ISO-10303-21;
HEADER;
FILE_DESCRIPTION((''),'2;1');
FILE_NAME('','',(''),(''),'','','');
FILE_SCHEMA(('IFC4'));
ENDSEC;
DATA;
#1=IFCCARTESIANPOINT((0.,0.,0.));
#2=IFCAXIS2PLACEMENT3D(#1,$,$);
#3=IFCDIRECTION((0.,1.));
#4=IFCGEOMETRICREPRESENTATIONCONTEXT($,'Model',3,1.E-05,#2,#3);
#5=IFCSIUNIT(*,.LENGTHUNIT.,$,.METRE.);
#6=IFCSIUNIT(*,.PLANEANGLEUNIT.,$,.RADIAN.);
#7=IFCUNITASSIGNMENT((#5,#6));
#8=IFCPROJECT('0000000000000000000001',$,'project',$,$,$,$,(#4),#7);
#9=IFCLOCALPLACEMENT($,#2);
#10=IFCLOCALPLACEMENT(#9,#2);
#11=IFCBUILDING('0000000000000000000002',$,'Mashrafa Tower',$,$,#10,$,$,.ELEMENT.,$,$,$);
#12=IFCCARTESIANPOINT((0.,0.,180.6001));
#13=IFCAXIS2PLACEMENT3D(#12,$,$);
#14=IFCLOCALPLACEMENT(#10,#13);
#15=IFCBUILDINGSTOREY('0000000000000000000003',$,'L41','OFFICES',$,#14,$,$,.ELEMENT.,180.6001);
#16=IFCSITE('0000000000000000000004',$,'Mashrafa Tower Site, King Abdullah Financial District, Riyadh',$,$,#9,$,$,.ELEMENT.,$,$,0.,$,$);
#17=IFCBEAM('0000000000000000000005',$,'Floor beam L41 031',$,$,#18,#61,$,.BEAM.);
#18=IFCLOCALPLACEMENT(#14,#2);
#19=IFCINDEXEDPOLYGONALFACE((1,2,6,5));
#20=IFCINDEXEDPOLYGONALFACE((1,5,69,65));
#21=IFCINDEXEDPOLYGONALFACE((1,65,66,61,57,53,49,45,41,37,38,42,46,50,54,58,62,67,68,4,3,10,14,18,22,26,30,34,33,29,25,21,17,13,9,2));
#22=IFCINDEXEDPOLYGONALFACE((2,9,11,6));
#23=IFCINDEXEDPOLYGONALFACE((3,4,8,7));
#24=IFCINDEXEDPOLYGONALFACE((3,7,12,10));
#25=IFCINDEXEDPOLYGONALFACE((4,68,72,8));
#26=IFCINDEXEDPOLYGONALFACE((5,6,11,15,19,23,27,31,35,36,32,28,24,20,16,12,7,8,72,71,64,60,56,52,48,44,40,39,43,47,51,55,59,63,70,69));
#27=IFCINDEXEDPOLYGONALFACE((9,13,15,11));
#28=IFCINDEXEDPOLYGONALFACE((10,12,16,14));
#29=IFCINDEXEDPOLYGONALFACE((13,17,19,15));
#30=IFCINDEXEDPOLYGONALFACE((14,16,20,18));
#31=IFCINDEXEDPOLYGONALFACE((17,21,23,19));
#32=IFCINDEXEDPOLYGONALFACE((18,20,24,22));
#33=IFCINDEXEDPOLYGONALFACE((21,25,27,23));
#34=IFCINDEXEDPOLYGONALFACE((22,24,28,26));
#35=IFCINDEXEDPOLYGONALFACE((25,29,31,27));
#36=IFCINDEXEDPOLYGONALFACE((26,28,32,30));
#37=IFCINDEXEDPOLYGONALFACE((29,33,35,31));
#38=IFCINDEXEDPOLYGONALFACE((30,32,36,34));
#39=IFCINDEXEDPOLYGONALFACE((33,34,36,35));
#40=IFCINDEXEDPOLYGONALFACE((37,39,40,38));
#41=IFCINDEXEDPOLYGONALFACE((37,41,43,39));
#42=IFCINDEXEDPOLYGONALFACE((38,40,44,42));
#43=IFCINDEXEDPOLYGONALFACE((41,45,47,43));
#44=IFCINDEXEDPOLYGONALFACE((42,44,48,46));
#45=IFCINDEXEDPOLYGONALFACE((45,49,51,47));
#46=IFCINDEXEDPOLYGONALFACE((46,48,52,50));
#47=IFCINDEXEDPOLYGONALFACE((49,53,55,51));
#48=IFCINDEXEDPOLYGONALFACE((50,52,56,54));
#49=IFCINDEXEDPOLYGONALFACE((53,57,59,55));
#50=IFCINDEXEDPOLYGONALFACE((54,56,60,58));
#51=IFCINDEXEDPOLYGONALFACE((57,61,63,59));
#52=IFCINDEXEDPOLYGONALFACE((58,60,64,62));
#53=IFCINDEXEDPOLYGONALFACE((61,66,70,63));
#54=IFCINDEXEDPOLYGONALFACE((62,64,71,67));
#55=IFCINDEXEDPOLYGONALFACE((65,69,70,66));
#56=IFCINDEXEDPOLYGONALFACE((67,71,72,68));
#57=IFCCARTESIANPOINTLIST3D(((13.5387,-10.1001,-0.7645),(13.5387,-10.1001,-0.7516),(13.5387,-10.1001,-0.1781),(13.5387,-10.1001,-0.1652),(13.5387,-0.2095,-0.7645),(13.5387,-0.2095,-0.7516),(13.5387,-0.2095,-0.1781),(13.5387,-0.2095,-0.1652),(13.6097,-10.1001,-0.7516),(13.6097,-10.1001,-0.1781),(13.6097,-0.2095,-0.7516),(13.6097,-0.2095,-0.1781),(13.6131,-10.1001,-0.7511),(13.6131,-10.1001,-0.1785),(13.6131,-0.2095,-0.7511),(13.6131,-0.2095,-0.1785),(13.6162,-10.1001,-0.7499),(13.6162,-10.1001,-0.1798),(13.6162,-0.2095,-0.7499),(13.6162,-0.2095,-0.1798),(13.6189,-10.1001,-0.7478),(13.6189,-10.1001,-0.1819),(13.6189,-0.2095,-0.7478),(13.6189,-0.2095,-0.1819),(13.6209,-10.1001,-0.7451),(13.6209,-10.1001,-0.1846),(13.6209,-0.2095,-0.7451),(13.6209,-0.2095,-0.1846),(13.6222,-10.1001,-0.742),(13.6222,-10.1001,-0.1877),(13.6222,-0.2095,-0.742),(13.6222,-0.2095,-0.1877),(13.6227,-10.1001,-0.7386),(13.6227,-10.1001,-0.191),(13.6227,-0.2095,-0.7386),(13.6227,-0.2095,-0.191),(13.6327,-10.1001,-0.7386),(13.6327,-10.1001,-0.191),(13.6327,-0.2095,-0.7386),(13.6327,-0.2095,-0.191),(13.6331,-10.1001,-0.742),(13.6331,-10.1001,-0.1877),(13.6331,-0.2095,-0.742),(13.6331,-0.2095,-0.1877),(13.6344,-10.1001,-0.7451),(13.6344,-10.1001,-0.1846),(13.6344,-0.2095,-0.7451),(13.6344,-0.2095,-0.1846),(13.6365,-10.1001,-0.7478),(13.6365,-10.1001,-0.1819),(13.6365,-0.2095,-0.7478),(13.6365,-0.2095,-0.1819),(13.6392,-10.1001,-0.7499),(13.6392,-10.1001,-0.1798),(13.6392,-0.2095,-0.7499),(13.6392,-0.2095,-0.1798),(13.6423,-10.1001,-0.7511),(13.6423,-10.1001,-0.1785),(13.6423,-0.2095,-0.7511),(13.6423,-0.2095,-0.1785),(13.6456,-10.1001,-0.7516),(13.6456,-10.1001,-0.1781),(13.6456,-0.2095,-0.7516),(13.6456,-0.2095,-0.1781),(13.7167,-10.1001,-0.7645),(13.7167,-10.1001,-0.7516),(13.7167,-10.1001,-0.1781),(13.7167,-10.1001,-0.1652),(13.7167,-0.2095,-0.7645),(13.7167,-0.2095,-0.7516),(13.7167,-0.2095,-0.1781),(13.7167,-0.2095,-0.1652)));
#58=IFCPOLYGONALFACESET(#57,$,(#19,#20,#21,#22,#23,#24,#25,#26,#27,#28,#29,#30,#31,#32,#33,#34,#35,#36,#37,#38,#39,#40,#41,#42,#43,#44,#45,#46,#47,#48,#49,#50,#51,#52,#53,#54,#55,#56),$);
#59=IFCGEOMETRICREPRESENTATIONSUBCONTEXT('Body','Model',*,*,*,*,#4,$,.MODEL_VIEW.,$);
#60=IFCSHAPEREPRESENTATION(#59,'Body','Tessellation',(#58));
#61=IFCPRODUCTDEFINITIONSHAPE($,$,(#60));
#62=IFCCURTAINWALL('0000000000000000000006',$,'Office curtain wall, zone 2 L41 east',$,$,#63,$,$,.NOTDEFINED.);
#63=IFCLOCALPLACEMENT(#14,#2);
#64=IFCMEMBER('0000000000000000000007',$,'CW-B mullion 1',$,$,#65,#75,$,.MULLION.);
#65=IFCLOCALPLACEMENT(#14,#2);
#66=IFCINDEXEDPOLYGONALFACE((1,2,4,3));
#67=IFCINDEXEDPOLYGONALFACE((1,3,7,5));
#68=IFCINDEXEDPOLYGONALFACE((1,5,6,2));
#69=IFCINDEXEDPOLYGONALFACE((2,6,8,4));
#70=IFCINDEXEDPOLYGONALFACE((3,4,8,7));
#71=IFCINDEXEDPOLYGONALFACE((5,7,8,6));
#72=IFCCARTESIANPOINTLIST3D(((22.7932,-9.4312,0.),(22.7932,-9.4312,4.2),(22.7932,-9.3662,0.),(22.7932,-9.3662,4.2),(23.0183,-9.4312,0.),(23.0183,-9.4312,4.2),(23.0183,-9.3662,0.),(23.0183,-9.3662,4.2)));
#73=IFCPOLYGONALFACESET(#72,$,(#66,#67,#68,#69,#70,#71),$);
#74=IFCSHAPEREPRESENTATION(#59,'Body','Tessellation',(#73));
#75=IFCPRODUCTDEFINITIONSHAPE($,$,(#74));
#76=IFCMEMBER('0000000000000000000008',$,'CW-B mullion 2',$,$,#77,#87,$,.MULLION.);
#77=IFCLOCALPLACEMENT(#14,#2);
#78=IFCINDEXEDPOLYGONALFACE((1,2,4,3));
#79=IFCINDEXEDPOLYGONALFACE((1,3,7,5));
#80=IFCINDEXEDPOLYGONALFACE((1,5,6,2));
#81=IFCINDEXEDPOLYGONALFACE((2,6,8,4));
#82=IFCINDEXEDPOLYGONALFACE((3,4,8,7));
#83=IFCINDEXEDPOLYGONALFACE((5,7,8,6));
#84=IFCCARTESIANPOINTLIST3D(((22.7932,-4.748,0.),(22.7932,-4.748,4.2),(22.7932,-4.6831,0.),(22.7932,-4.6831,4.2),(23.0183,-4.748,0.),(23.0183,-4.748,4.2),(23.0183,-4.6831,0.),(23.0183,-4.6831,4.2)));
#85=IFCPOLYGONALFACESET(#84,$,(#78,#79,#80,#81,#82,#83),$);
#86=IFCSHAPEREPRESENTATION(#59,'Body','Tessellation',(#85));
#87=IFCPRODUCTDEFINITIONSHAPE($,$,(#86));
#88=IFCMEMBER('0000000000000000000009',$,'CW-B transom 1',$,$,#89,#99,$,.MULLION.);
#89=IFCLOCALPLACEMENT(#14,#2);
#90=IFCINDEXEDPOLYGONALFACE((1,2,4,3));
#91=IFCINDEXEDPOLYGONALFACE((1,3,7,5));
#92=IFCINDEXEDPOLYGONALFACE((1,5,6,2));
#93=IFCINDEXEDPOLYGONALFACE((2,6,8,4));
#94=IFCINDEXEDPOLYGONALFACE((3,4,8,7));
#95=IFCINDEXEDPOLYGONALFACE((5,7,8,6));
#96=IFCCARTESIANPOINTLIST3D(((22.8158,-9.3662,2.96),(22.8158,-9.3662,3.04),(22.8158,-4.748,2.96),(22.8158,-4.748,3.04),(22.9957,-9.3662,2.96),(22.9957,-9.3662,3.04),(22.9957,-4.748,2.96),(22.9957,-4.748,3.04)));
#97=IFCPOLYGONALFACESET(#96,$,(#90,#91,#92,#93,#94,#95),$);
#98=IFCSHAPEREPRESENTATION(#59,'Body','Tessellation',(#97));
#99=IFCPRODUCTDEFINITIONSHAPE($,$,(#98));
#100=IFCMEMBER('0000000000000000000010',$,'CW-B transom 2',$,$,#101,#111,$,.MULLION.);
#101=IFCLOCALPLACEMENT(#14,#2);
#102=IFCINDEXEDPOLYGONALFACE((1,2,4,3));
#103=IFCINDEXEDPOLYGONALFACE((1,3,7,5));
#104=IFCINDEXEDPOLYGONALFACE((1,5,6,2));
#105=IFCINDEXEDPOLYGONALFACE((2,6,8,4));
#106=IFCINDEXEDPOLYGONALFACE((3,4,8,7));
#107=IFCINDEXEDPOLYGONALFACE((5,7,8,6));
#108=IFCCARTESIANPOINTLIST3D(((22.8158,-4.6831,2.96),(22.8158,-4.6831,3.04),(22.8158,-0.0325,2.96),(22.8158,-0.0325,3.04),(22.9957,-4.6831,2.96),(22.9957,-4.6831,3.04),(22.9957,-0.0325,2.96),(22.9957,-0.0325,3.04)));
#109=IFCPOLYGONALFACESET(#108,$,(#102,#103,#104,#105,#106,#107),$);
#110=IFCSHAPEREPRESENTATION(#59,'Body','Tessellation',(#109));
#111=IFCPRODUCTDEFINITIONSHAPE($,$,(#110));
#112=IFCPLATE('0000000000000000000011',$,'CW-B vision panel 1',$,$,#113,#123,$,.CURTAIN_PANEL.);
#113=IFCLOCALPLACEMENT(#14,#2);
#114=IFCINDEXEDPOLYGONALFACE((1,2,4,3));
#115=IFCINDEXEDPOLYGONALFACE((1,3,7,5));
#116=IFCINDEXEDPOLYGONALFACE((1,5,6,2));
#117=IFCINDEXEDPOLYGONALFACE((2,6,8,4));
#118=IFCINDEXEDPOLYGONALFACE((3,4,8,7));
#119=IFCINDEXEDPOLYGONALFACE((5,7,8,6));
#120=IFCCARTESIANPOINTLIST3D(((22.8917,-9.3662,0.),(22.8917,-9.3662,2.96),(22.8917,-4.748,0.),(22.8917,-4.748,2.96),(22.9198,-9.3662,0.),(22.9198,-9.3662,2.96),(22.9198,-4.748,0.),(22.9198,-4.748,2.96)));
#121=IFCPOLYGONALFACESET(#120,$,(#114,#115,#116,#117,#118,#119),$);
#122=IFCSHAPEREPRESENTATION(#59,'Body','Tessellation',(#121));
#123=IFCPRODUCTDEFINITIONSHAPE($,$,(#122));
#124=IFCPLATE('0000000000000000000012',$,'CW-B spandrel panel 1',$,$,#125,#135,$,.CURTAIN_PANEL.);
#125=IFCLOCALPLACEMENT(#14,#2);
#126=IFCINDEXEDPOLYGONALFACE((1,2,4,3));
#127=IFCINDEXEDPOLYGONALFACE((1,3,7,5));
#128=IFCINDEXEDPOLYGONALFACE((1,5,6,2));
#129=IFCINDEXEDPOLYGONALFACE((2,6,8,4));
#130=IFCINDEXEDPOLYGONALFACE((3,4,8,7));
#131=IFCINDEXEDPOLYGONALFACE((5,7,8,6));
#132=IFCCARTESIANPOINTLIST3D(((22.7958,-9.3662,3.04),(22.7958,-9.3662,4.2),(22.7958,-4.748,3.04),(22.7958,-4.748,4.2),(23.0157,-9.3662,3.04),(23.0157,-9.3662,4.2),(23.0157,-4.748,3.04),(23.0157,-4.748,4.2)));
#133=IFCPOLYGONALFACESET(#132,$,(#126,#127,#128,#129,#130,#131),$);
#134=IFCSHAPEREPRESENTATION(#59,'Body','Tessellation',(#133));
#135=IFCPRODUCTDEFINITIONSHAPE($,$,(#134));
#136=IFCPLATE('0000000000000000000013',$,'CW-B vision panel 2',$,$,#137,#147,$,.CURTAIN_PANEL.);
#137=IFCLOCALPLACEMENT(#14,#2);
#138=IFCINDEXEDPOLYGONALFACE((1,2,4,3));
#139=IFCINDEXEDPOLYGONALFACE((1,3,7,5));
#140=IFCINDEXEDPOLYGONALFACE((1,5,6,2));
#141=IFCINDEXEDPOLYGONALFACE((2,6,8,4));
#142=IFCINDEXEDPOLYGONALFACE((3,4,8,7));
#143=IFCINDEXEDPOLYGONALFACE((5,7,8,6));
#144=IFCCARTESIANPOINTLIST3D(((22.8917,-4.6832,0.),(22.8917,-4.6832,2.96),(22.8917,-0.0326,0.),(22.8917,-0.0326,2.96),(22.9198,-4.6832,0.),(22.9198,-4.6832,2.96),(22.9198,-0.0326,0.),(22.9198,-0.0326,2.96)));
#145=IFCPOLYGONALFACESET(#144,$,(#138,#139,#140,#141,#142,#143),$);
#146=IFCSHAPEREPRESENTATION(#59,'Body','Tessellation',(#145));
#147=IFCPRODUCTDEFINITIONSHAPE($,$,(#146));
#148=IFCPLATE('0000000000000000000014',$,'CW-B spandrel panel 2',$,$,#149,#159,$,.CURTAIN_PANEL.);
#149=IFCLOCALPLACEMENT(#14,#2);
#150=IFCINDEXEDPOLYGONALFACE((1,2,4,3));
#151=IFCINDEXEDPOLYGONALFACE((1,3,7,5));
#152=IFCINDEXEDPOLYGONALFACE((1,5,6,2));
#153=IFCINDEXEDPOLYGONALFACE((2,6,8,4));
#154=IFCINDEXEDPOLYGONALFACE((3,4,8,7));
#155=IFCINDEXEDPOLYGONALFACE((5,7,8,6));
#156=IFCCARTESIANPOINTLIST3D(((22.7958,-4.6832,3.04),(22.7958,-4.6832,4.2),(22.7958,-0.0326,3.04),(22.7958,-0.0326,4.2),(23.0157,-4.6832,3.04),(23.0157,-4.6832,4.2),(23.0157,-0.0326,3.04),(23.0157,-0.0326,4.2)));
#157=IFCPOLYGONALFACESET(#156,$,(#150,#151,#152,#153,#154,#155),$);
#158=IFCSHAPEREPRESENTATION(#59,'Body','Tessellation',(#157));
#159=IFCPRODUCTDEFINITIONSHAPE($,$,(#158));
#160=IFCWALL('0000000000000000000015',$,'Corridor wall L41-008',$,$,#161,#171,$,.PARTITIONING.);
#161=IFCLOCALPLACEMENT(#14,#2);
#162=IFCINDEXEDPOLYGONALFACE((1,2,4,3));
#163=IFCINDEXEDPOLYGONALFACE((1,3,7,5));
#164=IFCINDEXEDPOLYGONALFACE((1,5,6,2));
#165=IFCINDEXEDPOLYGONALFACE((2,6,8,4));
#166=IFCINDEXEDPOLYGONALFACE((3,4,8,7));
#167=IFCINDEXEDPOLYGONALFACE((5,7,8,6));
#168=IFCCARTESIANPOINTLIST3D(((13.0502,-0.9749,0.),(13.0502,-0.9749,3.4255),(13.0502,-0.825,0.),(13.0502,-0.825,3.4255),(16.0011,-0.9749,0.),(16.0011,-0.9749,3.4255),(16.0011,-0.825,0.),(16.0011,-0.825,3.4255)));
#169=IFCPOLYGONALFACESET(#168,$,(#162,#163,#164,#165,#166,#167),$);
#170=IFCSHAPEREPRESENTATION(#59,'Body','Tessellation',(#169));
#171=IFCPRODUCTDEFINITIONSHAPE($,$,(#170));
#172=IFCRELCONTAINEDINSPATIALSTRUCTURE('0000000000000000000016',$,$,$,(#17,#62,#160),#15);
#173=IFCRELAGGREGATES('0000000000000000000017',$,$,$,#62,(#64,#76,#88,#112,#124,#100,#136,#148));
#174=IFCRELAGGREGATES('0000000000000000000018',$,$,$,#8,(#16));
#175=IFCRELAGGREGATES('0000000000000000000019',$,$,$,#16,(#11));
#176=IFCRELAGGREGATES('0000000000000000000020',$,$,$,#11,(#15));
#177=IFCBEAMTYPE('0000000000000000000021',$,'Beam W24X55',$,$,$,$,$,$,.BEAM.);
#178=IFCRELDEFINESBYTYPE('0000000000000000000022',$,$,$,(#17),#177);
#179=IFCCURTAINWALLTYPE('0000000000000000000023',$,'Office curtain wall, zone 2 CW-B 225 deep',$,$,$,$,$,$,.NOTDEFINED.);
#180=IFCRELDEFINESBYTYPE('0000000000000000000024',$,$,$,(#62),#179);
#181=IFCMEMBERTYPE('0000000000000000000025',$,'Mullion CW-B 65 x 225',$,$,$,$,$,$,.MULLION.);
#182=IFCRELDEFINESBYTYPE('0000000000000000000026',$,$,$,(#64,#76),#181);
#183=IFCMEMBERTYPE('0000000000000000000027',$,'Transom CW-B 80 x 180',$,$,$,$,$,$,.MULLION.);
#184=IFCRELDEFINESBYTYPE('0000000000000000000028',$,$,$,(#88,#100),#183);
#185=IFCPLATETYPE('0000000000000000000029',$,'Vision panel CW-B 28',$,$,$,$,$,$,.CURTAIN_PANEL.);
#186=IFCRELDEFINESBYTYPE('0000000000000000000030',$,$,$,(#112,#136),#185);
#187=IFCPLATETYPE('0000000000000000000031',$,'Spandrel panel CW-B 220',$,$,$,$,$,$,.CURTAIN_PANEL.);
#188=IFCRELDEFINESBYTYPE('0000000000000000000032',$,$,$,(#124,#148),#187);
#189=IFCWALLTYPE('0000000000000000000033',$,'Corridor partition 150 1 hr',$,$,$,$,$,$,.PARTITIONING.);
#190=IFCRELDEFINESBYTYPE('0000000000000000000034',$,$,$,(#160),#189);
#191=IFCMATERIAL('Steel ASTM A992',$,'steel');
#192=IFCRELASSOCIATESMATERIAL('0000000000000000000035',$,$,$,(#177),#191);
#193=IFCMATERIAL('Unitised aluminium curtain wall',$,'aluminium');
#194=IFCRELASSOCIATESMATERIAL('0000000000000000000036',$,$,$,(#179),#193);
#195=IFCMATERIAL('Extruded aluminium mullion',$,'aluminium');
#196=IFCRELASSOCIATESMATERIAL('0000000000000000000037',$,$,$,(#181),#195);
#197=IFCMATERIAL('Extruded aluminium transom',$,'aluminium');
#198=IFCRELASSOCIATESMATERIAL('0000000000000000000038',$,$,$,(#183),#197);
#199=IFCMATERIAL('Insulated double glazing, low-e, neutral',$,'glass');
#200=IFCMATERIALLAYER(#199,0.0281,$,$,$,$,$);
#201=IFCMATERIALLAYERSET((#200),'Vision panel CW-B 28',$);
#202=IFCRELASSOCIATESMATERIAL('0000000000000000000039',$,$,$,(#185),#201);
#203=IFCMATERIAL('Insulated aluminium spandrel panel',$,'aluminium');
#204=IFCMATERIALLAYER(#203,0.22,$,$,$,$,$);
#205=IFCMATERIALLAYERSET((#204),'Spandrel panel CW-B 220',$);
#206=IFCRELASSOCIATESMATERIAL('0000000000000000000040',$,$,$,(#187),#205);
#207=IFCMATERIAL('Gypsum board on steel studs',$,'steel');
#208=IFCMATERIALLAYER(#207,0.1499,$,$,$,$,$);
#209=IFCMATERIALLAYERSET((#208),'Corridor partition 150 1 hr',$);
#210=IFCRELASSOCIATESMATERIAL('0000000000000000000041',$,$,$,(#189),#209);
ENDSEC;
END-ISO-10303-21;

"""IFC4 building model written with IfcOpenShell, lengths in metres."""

from ifc_helpers import new_model, si_unit, direction, frame, frame_2d, origin, origin_2d, place, context, subcontext, project, spatial, rectangle, i_section, extrude, source, transform, mapped, material, layer, layer_set, material_profile, profile_set, type_object, type_shapes, element, aggregate, save


model = new_model("IFC4")

# Units and contexts
model_context = context("Model", 3, precision=1e-05, world=origin(), true_north=direction((0.0, 1.0)))
body_context = subcontext(model_context, "Body", "Model", "MODEL_VIEW")
ifc_project = project(units=[si_unit("LENGTHUNIT", "METRE"), si_unit("PLANEANGLEUNIT", "RADIAN")], contexts=[model_context])

# Site, building, storey
site_placement = place(None, origin())
site = spatial("IfcSite", under=ifc_project, at=site_placement, Name="Mashrafa Tower Site, King Abdullah Financial District, Riyadh", CompositionType="ELEMENT", RefElevation=0.0)
building_placement = place(site_placement, origin())
building = spatial("IfcBuilding", under=site, at=building_placement, Name="Mashrafa Tower", CompositionType="ELEMENT")
storey_placement = place(building_placement, frame((0.0, 0.0, 180.6001)))
storey = spatial("IfcBuildingStorey", under=building, at=storey_placement, Name="L41", Description="OFFICES", CompositionType="ELEMENT", Elevation=180.6001)

# Beam
ifc_material_1 = material(Name="Steel ASTM A992", Category="steel")
ifc_material_profile_1 = material_profile(ifc_material_1, i_section(OverallWidth=0.178, OverallDepth=0.5994, WebThickness=0.01, FlangeThickness=0.0129, FilletRadius=0.0129, at=origin_2d()), Name="W24X55")
ifc_profile_set_1 = profile_set([ifc_material_profile_1], Name="Steel ASTM A992")
beam_type_1 = type_object("IfcBeamType", Name="Beam W24X55", PredefinedType="BEAM", material=ifc_profile_set_1)
beam_1_placement = place(storey_placement, frame((13.6277, -0.2095, -0.4648), z_axis=(0.0, -1.0, 0.0), x_axis=(1.0, 0.0, 0.0)))
element("IfcBeam", 1, at=beam_1_placement, inside=storey, type_object=beam_type_1, Name="Floor beam L41 031", PredefinedType="BEAM", context=body_context, shape_type="SweptSolid", body=[
    extrude(i_section(OverallWidth=0.178, OverallDepth=0.5994, WebThickness=0.01, FlangeThickness=0.0129, FilletRadius=0.0129, at=origin_2d()), origin(), (0.0, 0.0, 1.0), 9.8906),
])

# Curtain wall, members, plates
ifc_material_2 = material(Name="Unitised aluminium curtain wall", Category="aluminium")
curtain_wall_type = type_object("IfcCurtainWallType", Name="Office curtain wall, zone 2 CW-B 225 deep", PredefinedType="NOTDEFINED", material=ifc_material_2)
curtain_wall_placement = place(storey_placement, origin())
curtain_wall = element("IfcCurtainWall", 2, at=curtain_wall_placement, inside=storey, type_object=curtain_wall_type, Name="Office curtain wall, zone 2 L41 east", PredefinedType="NOTDEFINED")
ifc_material_3 = material(Name="Extruded aluminium mullion", Category="aluminium")
ifc_material_profile_2 = material_profile(ifc_material_3, rectangle(XDim=0.2251, YDim=0.0649, at=origin_2d()), Name="Mullion 65x225")
ifc_profile_set_2 = profile_set([ifc_material_profile_2], Name="Extruded aluminium mullion")
member_type_1 = type_object("IfcMemberType", Name="Mullion CW-B 65 x 225", PredefinedType="MULLION", material=ifc_profile_set_2)
shared_shape_1 = source(origin(), body_context, "Body", "SweptSolid", [
    extrude(rectangle(XDim=0.2251, YDim=0.0649, at=origin_2d()), origin(), (0.0, 0.0, 1.0), 4.2),
])
type_shapes(member_type_1, [shared_shape_1])
member_1_placement = place(storey_placement, frame((22.9058, -9.3987, 0.0), z_axis=(0.0, 0.0, 1.0), x_axis=(-1.0, 0.0, 0.0)))
member_1 = element("IfcMember", 3, at=member_1_placement, type_object=member_type_1, Name="CW-B mullion 1", PredefinedType="MULLION", context=body_context, shape_type="MappedRepresentation", body=[
    mapped(shared_shape_1, transform((0.0, 0.0, 0.0))),
])
member_2_placement = place(storey_placement, frame((22.9058, -4.7156, 0.0), z_axis=(0.0, 0.0, 1.0), x_axis=(-1.0, 0.0, 0.0)))
member_2 = element("IfcMember", 4, at=member_2_placement, type_object=member_type_1, Name="CW-B mullion 2", PredefinedType="MULLION", context=body_context, shape_type="MappedRepresentation", body=[
    mapped(shared_shape_1, transform((0.0, 0.0, 0.0))),
])
ifc_material_4 = material(Name="Extruded aluminium transom", Category="aluminium")
ifc_material_profile_3 = material_profile(ifc_material_4, rectangle(XDim=0.1799, YDim=0.0801, at=origin_2d()), Name="Transom 80x180")
ifc_profile_set_3 = profile_set([ifc_material_profile_3], Name="Extruded aluminium transom")
member_type_2 = type_object("IfcMemberType", Name="Transom CW-B 80 x 180", PredefinedType="MULLION", material=ifc_profile_set_3)
shared_shape_2 = source(origin(), body_context, "Body", "SweptSolid", [
    extrude(rectangle(XDim=0.1799, YDim=0.0801, at=origin_2d()), origin(), (0.0, 0.0, 1.0), 4.6182),
])
member_3_placement = place(storey_placement, frame((22.9058, -9.3662, 3.0), z_axis=(0.0, 1.0, 0.0), x_axis=(-1.0, 0.0, 0.0)))
member_3 = element("IfcMember", 5, at=member_3_placement, type_object=member_type_2, Name="CW-B transom 1", PredefinedType="MULLION", context=body_context, shape_type="MappedRepresentation", body=[
    mapped(shared_shape_2, transform((0.0, 0.0, 0.0))),
])
shared_shape_3 = source(origin(), body_context, "Body", "SweptSolid", [
    extrude(rectangle(XDim=0.1799, YDim=0.0801, at=origin_2d()), origin(), (0.0, 0.0, 1.0), 4.6506),
])
type_shapes(member_type_2, [shared_shape_2, shared_shape_3])
member_4_placement = place(storey_placement, frame((22.9058, -4.6831, 3.0), z_axis=(0.0, 1.0, 0.0), x_axis=(-1.0, 0.0, 0.0)))
member_4 = element("IfcMember", 6, at=member_4_placement, type_object=member_type_2, Name="CW-B transom 2", PredefinedType="MULLION", context=body_context, shape_type="MappedRepresentation", body=[
    mapped(shared_shape_3, transform((0.0, 0.0, 0.0))),
])
ifc_material_5 = material(Name="Insulated double glazing, low-e, neutral", Category="glass")
ifc_layer_1 = layer(ifc_material_5, 0.0281)
ifc_layer_set_1 = layer_set([ifc_layer_1], Name="Vision panel CW-B 28")
plate_type_1 = type_object("IfcPlateType", Name="Vision panel CW-B 28", PredefinedType="CURTAIN_PANEL", material=ifc_layer_set_1)
shared_shape_4 = source(origin(), body_context, "Body", "SweptSolid", [
    extrude(rectangle(XDim=4.6182, YDim=0.0281, at=origin_2d()), origin(), (0.0, 0.0, 1.0), 2.96),
])
plate_1_placement = place(storey_placement, frame((22.9058, -7.0571, 0.0), z_axis=(0.0, 0.0, 1.0), x_axis=(0.0, 1.0, 0.0)))
plate_1 = element("IfcPlate", 7, at=plate_1_placement, type_object=plate_type_1, Name="CW-B vision panel 1", PredefinedType="CURTAIN_PANEL", context=body_context, shape_type="MappedRepresentation", body=[
    mapped(shared_shape_4, transform((0.0, 0.0, 0.0))),
])
ifc_material_6 = material(Name="Insulated aluminium spandrel panel", Category="aluminium")
ifc_layer_2 = layer(ifc_material_6, 0.22)
ifc_layer_set_2 = layer_set([ifc_layer_2], Name="Spandrel panel CW-B 220")
plate_type_2 = type_object("IfcPlateType", Name="Spandrel panel CW-B 220", PredefinedType="CURTAIN_PANEL", material=ifc_layer_set_2)
shared_shape_5 = source(origin(), body_context, "Body", "SweptSolid", [
    extrude(rectangle(XDim=4.6182, YDim=0.22, at=origin_2d()), origin(), (0.0, 0.0, 1.0), 1.1599),
])
plate_2_placement = place(storey_placement, frame((22.9058, -7.0571, 3.04), z_axis=(0.0, 0.0, 1.0), x_axis=(0.0, 1.0, 0.0)))
plate_2 = element("IfcPlate", 8, at=plate_2_placement, type_object=plate_type_2, Name="CW-B spandrel panel 1", PredefinedType="CURTAIN_PANEL", context=body_context, shape_type="MappedRepresentation", body=[
    mapped(shared_shape_5, transform((0.0, 0.0, 0.0))),
])
shared_shape_6 = source(origin(), body_context, "Body", "SweptSolid", [
    extrude(rectangle(XDim=4.6506, YDim=0.0281, at=origin_2d()), origin(), (0.0, 0.0, 1.0), 2.96),
])
type_shapes(plate_type_1, [shared_shape_4, shared_shape_6])
plate_3_placement = place(storey_placement, frame((22.9058, -2.3579, 0.0), z_axis=(0.0, 0.0, 1.0), x_axis=(0.0, 1.0, 0.0)))
plate_3 = element("IfcPlate", 9, at=plate_3_placement, type_object=plate_type_1, Name="CW-B vision panel 2", PredefinedType="CURTAIN_PANEL", context=body_context, shape_type="MappedRepresentation", body=[
    mapped(shared_shape_6, transform((0.0, 0.0, 0.0))),
])
shared_shape_7 = source(origin(), body_context, "Body", "SweptSolid", [
    extrude(rectangle(XDim=4.6506, YDim=0.22, at=origin_2d()), origin(), (0.0, 0.0, 1.0), 1.1599),
])
type_shapes(plate_type_2, [shared_shape_5, shared_shape_7])
plate_4_placement = place(storey_placement, frame((22.9058, -2.3579, 3.04), z_axis=(0.0, 0.0, 1.0), x_axis=(0.0, 1.0, 0.0)))
plate_4 = element("IfcPlate", 10, at=plate_4_placement, type_object=plate_type_2, Name="CW-B spandrel panel 2", PredefinedType="CURTAIN_PANEL", context=body_context, shape_type="MappedRepresentation", body=[
    mapped(shared_shape_7, transform((0.0, 0.0, 0.0))),
])
aggregate(curtain_wall, [member_1, member_2, member_3, plate_1, plate_2, member_4, plate_3, plate_4])

# Shared definitions
ifc_material_7 = material(Name="Gypsum board on steel studs", Category="steel")
ifc_layer_3 = layer(ifc_material_7, 0.1499)
ifc_layer_set_3 = layer_set([ifc_layer_3], Name="Corridor partition 150 1 hr")
wall_type_1 = type_object("IfcWallType", Name="Corridor partition 150 1 hr", PredefinedType="PARTITIONING", material=ifc_layer_set_3)

# Wall
wall_1_placement = place(storey_placement, frame((13.05, -0.8999, 0.0), z_axis=(0.0, 0.0, 1.0), x_axis=(1.0, 0.0, 0.0)))
element("IfcWall", 11, at=wall_1_placement, inside=storey, type_object=wall_type_1, Name="Corridor wall L41-008", PredefinedType="PARTITIONING", context=body_context, shape_type="SweptSolid", body=[
    extrude(rectangle(XDim=2.9509, YDim=0.1499, at=frame_2d((1.4756, 0.0))), origin(), (0.0, 0.0, 1.0), 3.4255),
])

save(model, "model.ifc")
